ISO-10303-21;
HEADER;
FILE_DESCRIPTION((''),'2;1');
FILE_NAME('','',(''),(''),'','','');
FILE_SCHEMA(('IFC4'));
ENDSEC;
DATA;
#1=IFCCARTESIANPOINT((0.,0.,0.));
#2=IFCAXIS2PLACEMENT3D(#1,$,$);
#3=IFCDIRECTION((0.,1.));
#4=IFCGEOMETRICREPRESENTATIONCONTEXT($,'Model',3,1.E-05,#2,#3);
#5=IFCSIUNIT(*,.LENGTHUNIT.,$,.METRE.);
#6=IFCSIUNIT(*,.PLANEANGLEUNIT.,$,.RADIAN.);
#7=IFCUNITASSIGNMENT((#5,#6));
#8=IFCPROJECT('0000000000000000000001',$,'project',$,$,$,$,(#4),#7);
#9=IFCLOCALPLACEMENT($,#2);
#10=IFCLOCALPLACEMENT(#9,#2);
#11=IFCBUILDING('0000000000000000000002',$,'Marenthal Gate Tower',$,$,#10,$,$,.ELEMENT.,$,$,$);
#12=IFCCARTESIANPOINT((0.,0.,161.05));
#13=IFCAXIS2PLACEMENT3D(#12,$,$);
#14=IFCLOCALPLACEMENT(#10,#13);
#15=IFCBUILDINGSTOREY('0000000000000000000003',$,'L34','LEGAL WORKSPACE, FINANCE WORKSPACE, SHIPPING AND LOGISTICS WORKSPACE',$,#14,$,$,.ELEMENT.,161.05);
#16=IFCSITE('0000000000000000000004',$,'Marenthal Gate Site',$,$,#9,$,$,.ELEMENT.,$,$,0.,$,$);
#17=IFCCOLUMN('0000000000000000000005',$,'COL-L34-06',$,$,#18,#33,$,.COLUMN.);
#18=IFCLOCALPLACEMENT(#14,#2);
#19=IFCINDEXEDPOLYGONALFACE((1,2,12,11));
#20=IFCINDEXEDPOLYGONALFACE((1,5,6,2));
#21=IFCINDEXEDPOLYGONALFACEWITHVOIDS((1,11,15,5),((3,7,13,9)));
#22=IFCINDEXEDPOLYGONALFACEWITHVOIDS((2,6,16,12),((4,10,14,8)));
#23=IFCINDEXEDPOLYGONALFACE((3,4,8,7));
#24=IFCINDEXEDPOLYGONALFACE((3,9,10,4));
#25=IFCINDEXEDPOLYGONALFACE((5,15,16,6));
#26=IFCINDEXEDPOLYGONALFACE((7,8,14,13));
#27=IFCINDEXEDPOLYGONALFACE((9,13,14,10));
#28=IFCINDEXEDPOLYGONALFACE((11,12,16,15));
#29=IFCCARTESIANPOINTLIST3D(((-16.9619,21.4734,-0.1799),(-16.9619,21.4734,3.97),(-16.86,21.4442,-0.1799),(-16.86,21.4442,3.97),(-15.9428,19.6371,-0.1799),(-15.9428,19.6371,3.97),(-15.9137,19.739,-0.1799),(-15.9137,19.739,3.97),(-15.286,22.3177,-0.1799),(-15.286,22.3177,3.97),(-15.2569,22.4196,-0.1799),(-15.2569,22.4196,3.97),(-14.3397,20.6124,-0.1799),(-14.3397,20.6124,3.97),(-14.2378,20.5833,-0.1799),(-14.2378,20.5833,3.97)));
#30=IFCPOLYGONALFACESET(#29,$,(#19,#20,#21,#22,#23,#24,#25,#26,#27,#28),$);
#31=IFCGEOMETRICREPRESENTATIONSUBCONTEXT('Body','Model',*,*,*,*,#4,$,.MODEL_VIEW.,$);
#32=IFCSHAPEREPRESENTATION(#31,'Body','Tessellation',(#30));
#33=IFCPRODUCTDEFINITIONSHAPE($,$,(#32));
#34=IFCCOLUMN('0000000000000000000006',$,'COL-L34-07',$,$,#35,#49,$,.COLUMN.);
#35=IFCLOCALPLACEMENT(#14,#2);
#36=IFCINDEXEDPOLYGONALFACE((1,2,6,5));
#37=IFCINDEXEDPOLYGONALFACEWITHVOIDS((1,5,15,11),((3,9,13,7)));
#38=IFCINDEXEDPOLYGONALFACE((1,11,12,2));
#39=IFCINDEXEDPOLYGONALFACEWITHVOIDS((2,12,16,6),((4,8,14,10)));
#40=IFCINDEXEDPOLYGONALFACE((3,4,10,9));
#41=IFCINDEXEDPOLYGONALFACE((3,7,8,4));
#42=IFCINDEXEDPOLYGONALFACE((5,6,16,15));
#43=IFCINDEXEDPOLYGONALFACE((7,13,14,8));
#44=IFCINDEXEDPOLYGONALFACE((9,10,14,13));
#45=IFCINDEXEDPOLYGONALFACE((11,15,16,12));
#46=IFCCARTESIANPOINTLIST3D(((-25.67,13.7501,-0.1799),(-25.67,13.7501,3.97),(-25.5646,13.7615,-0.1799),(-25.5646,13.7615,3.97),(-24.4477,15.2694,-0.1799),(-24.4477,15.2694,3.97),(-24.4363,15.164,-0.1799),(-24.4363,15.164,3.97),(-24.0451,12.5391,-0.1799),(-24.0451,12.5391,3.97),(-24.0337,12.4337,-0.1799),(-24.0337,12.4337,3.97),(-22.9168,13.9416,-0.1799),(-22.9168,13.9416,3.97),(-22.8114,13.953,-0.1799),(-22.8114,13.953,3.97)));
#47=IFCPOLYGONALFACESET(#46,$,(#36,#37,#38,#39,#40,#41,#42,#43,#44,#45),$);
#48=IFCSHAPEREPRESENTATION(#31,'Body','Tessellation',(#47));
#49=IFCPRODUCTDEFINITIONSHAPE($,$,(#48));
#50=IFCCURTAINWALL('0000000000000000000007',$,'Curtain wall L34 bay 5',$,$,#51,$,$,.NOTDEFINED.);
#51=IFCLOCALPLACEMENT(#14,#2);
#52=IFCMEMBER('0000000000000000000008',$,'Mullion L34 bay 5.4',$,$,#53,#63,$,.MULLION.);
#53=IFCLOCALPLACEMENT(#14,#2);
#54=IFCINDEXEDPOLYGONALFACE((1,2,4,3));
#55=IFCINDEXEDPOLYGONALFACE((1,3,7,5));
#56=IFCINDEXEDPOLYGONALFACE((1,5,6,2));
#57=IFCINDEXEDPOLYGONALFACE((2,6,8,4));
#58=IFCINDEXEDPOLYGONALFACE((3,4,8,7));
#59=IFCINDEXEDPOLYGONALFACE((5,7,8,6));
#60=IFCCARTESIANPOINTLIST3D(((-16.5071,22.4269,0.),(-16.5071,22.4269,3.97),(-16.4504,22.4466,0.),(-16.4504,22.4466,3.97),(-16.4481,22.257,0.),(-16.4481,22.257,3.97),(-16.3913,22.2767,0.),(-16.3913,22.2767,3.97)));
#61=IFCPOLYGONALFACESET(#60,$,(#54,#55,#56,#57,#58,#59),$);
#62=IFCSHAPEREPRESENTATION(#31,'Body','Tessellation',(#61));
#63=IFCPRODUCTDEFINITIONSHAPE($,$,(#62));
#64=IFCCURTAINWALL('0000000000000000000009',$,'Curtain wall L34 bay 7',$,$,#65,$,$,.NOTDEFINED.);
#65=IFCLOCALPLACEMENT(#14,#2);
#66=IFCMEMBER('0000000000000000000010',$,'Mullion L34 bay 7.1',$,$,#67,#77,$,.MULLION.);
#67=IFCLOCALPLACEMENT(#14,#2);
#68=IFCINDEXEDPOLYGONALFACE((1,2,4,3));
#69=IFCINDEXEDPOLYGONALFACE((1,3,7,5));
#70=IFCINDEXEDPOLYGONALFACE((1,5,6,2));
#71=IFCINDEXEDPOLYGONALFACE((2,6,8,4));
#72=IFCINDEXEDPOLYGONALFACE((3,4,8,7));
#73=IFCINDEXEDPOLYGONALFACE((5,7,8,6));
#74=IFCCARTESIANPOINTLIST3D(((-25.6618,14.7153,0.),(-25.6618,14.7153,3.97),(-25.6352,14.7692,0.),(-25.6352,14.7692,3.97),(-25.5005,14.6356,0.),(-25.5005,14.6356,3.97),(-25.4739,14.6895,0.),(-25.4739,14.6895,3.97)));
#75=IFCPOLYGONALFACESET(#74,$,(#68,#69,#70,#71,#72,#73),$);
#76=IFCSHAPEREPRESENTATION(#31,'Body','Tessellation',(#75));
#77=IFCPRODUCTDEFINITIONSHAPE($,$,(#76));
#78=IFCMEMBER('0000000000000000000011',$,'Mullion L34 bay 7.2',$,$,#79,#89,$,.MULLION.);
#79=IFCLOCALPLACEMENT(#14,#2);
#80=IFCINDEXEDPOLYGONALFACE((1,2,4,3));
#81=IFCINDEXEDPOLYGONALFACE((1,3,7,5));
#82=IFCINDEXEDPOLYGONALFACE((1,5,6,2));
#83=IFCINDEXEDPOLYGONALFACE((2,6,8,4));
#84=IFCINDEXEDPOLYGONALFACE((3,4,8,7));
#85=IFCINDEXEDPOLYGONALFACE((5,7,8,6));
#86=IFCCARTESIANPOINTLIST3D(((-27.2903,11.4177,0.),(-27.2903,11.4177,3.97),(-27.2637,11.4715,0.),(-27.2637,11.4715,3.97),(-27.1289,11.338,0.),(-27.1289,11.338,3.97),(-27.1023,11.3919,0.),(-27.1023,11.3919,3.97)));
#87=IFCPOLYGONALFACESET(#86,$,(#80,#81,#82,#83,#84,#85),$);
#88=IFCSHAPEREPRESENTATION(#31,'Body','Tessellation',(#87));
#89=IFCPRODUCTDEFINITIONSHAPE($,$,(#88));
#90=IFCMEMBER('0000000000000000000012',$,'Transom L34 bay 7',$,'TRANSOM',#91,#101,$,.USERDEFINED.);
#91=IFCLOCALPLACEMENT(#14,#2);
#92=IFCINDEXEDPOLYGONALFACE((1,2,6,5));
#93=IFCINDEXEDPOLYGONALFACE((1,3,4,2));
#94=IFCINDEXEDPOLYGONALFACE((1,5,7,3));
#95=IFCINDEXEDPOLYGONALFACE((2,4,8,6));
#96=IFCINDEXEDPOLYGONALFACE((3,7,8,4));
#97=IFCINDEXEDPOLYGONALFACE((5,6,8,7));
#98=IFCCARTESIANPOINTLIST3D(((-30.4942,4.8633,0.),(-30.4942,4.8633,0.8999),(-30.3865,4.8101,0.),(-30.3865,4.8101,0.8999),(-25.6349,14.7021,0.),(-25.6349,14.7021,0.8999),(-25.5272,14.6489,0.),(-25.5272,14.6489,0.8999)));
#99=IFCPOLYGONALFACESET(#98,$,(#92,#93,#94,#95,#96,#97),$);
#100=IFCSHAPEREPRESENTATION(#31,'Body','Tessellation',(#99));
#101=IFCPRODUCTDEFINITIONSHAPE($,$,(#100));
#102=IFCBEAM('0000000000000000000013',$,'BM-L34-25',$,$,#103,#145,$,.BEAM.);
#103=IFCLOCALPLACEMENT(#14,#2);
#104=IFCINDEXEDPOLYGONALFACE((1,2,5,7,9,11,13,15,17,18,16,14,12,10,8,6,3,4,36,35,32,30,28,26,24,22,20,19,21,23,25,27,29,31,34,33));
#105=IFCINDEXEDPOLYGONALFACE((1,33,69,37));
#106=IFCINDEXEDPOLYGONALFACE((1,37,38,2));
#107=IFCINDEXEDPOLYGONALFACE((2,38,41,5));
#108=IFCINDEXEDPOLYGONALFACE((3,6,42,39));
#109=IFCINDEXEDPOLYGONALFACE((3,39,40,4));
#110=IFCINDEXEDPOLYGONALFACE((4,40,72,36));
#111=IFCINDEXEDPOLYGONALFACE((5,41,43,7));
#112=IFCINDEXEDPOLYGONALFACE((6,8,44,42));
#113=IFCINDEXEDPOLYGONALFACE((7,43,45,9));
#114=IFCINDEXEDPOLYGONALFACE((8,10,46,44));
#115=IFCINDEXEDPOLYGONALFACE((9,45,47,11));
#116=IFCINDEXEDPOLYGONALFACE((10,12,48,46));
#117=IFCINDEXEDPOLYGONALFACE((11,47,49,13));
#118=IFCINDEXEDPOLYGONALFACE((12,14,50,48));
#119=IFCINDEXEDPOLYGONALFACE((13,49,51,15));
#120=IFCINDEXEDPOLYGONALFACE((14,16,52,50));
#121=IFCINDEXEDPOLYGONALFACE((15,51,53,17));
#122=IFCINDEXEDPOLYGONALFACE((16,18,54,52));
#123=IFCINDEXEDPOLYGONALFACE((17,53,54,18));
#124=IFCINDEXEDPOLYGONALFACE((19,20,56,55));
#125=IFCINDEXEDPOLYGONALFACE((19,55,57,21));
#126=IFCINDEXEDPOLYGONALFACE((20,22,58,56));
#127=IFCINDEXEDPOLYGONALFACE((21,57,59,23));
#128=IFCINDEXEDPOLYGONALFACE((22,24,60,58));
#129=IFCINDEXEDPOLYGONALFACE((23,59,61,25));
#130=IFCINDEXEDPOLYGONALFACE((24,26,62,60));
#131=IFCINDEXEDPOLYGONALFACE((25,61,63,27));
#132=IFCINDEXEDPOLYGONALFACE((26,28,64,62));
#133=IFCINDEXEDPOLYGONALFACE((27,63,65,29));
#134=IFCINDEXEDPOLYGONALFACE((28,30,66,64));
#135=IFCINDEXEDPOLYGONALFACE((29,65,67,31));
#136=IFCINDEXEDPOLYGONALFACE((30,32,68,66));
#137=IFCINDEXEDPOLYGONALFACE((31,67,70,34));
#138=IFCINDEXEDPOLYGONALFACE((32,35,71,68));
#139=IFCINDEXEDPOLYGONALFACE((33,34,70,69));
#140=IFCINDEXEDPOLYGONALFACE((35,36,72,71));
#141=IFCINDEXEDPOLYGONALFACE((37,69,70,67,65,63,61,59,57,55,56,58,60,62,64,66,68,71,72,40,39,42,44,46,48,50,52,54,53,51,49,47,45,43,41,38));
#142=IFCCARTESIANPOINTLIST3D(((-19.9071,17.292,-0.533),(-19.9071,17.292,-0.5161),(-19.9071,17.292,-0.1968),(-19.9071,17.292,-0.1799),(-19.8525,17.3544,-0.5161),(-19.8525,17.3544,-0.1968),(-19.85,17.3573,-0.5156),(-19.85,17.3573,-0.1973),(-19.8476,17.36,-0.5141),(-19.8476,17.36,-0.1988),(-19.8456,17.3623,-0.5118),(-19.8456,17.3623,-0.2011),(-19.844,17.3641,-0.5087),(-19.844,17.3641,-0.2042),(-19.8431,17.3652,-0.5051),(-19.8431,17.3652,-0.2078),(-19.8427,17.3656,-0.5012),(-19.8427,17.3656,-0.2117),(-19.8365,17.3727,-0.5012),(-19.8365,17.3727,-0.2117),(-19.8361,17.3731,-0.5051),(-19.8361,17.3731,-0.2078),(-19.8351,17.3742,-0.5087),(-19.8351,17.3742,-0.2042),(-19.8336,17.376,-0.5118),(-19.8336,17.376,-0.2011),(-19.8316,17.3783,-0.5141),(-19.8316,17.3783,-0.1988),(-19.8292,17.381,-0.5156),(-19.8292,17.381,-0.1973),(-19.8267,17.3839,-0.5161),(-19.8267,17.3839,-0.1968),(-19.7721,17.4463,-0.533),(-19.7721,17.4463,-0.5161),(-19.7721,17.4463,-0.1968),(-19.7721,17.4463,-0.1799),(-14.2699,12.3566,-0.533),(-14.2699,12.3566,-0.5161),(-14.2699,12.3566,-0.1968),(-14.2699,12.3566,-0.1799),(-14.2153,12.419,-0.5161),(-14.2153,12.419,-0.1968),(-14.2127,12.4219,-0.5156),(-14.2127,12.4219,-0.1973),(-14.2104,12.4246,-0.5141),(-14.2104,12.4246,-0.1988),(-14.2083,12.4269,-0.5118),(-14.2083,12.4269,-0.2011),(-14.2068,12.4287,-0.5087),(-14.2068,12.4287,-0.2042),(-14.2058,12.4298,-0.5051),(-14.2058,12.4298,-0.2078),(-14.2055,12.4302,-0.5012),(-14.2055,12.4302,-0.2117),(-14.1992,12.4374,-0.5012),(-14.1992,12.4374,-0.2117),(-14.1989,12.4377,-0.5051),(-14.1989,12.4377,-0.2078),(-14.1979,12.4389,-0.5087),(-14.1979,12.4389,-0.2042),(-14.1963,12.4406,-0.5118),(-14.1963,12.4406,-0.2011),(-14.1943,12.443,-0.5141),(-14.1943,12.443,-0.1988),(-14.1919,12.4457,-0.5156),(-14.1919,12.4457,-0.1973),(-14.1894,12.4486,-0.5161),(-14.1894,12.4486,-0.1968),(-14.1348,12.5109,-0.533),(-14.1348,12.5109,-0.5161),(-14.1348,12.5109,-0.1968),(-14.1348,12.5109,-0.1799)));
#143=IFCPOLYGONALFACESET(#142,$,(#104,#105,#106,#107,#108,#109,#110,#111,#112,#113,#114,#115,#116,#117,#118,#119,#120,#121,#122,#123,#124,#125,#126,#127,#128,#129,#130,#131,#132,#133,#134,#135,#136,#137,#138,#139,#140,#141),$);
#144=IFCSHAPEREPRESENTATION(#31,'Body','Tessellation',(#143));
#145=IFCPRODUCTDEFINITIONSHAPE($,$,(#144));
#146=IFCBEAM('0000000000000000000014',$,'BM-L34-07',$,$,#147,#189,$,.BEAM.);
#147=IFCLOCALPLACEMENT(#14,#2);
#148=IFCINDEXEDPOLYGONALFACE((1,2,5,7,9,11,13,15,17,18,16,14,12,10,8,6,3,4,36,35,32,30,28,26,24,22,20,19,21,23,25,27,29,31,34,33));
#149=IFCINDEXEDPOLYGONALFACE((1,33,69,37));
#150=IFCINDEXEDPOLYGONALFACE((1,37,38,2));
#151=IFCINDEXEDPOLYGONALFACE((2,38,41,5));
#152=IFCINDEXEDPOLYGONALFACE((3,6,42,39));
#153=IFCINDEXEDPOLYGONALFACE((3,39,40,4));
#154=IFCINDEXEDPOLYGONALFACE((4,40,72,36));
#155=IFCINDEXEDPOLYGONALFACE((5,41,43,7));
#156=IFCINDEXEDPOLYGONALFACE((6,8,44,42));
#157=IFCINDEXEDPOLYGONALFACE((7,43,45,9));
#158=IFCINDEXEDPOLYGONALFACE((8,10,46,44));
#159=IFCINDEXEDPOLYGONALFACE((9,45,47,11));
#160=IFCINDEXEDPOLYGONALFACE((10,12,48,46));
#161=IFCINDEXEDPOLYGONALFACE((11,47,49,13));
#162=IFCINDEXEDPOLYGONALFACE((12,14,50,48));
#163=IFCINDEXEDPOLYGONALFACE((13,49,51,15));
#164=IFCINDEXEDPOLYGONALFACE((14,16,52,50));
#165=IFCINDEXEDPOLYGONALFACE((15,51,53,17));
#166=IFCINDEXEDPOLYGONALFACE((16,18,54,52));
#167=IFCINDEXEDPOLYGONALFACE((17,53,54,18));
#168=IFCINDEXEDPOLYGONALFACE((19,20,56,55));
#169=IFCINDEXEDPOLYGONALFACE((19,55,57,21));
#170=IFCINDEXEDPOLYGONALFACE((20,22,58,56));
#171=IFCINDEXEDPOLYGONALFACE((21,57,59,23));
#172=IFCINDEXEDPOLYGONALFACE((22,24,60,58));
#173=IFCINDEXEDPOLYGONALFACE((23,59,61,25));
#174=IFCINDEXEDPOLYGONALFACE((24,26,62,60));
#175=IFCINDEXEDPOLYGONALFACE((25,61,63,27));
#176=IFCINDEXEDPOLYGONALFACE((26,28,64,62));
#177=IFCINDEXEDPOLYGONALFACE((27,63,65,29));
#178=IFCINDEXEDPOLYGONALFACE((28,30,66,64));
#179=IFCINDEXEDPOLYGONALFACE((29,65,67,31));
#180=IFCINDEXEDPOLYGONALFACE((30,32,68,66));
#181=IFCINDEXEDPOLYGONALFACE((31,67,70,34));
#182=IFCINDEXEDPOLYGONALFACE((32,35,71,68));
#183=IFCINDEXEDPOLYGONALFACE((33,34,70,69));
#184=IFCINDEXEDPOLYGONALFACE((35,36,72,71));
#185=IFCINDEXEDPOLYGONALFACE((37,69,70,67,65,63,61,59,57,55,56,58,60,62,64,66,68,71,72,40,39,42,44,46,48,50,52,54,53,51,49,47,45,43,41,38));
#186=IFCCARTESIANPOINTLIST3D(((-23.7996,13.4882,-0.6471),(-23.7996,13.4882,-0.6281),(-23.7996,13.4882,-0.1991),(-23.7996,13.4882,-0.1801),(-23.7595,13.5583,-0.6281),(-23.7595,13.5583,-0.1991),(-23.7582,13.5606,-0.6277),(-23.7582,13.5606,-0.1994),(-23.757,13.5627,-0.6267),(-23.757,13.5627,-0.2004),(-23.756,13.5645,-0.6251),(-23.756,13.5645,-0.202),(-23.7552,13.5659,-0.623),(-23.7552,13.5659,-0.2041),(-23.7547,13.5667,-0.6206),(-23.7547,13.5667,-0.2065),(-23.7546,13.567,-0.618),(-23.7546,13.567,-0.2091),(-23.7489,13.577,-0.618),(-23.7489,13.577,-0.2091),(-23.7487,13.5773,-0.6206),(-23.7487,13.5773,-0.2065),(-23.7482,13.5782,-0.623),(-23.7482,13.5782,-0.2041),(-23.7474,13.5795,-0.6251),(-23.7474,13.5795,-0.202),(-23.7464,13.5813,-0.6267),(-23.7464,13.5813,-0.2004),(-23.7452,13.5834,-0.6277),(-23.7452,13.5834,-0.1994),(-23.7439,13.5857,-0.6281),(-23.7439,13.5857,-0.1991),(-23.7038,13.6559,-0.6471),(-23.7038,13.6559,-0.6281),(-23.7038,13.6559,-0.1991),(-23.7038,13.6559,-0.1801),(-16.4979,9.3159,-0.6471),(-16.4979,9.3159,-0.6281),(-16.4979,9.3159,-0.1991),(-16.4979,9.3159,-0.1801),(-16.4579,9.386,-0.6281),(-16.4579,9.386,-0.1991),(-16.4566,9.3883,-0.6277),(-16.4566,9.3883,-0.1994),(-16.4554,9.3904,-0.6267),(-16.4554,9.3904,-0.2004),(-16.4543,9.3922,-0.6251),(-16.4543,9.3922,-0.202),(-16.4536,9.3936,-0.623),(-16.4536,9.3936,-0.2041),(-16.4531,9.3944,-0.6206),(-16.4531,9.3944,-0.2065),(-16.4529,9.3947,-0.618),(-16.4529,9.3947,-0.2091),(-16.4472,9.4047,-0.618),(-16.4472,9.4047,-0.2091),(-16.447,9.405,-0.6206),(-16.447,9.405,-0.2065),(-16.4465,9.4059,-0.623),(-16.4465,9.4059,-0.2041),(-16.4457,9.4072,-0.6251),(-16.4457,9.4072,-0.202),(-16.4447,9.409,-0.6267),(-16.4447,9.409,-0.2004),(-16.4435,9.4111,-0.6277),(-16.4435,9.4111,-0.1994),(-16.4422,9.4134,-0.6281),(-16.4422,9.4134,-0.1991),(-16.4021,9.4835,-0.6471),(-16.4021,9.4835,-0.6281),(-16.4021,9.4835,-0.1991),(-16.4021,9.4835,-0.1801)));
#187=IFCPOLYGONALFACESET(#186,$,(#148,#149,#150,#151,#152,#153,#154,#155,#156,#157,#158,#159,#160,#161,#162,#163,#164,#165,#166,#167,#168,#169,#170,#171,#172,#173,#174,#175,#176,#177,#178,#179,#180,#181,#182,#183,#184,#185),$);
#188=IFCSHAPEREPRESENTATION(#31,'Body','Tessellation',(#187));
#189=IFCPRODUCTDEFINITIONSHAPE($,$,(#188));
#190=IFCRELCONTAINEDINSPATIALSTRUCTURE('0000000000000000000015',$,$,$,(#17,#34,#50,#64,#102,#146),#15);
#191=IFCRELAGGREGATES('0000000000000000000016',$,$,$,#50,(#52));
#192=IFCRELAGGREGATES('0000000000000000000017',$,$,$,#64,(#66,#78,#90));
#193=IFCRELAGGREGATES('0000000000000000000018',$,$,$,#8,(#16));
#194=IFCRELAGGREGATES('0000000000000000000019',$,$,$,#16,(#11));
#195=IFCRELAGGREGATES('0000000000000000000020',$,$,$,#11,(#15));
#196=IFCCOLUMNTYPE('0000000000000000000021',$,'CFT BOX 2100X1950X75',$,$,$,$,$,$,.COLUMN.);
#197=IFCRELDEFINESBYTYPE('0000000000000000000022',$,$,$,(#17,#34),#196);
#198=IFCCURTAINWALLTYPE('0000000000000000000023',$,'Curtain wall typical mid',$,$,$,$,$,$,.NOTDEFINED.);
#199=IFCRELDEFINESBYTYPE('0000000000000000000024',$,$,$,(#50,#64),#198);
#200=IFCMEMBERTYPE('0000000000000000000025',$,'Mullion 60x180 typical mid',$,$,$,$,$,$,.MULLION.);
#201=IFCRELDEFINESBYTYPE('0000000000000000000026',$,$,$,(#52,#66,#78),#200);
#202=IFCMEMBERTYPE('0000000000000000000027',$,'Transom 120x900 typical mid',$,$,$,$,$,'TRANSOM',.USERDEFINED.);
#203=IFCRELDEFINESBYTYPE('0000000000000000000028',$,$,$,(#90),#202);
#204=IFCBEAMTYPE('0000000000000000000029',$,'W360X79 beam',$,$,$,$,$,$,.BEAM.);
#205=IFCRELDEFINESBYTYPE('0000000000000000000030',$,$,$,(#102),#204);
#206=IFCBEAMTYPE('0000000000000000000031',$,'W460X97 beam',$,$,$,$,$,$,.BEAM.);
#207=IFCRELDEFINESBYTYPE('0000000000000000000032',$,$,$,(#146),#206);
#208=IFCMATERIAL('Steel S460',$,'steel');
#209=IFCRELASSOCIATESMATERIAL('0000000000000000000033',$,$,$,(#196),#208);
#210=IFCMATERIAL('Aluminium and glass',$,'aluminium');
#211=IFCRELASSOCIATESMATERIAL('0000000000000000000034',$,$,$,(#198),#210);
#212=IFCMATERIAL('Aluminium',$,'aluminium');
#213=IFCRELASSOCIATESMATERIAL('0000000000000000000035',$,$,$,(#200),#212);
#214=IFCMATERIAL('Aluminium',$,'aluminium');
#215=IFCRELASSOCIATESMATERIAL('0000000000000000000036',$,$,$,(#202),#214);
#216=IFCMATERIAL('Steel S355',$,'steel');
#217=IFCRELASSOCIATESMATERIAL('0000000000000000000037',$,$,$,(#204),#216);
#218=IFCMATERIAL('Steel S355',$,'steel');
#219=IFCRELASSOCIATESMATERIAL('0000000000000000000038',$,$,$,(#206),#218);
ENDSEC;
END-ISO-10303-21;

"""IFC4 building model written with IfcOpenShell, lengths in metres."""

from ifc_helpers import new_model, si_unit, direction, frame, origin, origin_2d, place, context, subcontext, project, spatial, rectangle, hollow_rectangle, i_section, extrude, material, material_profile, profile_set, type_object, element, aggregate, save


model = new_model("IFC4")

# Units and contexts
model_context = context("Model", 3, precision=1e-05, world=origin(), true_north=direction((0.0, 1.0)))
body_context = subcontext(model_context, "Body", "Model", "MODEL_VIEW")
ifc_project = project(units=[si_unit("LENGTHUNIT", "METRE"), si_unit("PLANEANGLEUNIT", "RADIAN")], contexts=[model_context])

# Site, building, storey
site_placement = place(None, origin())
site = spatial("IfcSite", under=ifc_project, at=site_placement, Name="Marenthal Gate Site", CompositionType="ELEMENT", RefElevation=0.0)
building_placement = place(site_placement, origin())
building = spatial("IfcBuilding", under=site, at=building_placement, Name="Marenthal Gate Tower", CompositionType="ELEMENT")
storey_placement = place(building_placement, frame((0.0, 0.0, 161.05)))
storey = spatial("IfcBuildingStorey", under=building, at=storey_placement, Name="L34", Description="LEGAL WORKSPACE, FINANCE WORKSPACE, SHIPPING AND LOGISTICS WORKSPACE", CompositionType="ELEMENT", Elevation=161.05)

# Columns
ifc_material_1 = material(Name="Steel S460", Category="steel")
ifc_material_profile_1 = material_profile(ifc_material_1, hollow_rectangle(XDim=1.95, YDim=2.1001, WallThickness=0.075, at=origin_2d()), Name="CFT BOX 2100X1950X75")
ifc_material_2 = material(Name="Concrete 70 MPa", Category="concrete")
ifc_material_profile_2 = material_profile(ifc_material_2, rectangle(XDim=1.8, YDim=1.95, at=origin_2d()), Name="CFT BOX 2100X1950X75 INFILL")
ifc_profile_set_1 = profile_set([ifc_material_profile_1, ifc_material_profile_2], Name="Steel S460 shell, Concrete 70 MPa infill")
column_type = type_object("IfcColumnType", Name="CFT BOX 2100X1950X75", PredefinedType="COLUMN", material=ifc_profile_set_1)
for number, where, z_axis, x_axis, name in (
    (1, (-15.5999, 21.0283, -0.1799), (0.0, 0.0, 1.0), (0.87438, 0.485242, 0.0), "COL-L34-06"),
    (2, (-24.2407, 13.8516, -0.1799), (0.0, 0.0, 1.0), (0.626831, 0.779155, 0.0), "COL-L34-07"),
):
    element("IfcColumn", number, at=place(storey_placement, frame(where, z_axis=z_axis, x_axis=x_axis)), inside=storey, type_object=column_type, Name=name, PredefinedType="COLUMN", context=body_context, shape_type="SweptSolid", body=[
        extrude(hollow_rectangle(XDim=1.95, YDim=2.1001, WallThickness=0.075, at=origin_2d()), origin(), (0.0, 0.0, 1.0), 4.1499),
    ])

# Curtain wall, member
ifc_material_3 = material(Name="Aluminium and glass", Category="aluminium")
curtain_wall_type = type_object("IfcCurtainWallType", Name="Curtain wall typical mid", PredefinedType="NOTDEFINED", material=ifc_material_3)
curtain_wall_1_placement = place(storey_placement, origin())
curtain_wall_1 = element("IfcCurtainWall", 3, at=curtain_wall_1_placement, inside=storey, type_object=curtain_wall_type, Name="Curtain wall L34 bay 5", PredefinedType="NOTDEFINED")
ifc_material_4 = material(Name="Aluminium", Category="aluminium")
ifc_material_profile_3 = material_profile(ifc_material_4, rectangle(XDim=0.1799, YDim=0.0601, at=origin_2d()), Name="60x180 aluminium mullion")
ifc_profile_set_2 = profile_set([ifc_material_profile_3], Name="Aluminium")
member_type_1 = type_object("IfcMemberType", Name="Mullion 60x180 typical mid", PredefinedType="MULLION", material=ifc_profile_set_2)
member_1_placement = place(storey_placement, frame((-16.4492, 22.3518, 0.0), z_axis=(0.0, 0.0, 1.0), x_axis=(0.328158, -0.944623, 0.0)))
member_1 = element("IfcMember", 4, at=member_1_placement, type_object=member_type_1, Name="Mullion L34 bay 5.4", PredefinedType="MULLION", context=body_context, shape_type="SweptSolid", body=[
    extrude(rectangle(XDim=0.1799, YDim=0.0601, at=origin_2d()), origin(), (0.0, 0.0, 1.0), 3.97),
])
aggregate(curtain_wall_1, [member_1])

# Curtain wall, members
curtain_wall_2_placement = place(storey_placement, origin())
curtain_wall_2 = element("IfcCurtainWall", 5, at=curtain_wall_2_placement, inside=storey, type_object=curtain_wall_type, Name="Curtain wall L34 bay 7", PredefinedType="NOTDEFINED")
member_2_placement = place(storey_placement, frame((-25.5679, 14.7024, 0.0), z_axis=(0.0, 0.0, 1.0), x_axis=(0.896609, -0.442824, 0.0)))
member_2 = element("IfcMember", 6, at=member_2_placement, type_object=member_type_1, Name="Mullion L34 bay 7.1", PredefinedType="MULLION", context=body_context, shape_type="SweptSolid", body=[
    extrude(rectangle(XDim=0.1799, YDim=0.0601, at=origin_2d()), origin(), (0.0, 0.0, 1.0), 3.97),
])
member_3_placement = place(storey_placement, frame((-27.1963, 11.4048, 0.0), z_axis=(0.0, 0.0, 1.0), x_axis=(0.896609, -0.442824, 0.0)))
member_3 = element("IfcMember", 7, at=member_3_placement, type_object=member_type_1, Name="Mullion L34 bay 7.2", PredefinedType="MULLION", context=body_context, shape_type="SweptSolid", body=[
    extrude(rectangle(XDim=0.1799, YDim=0.0601, at=origin_2d()), origin(), (0.0, 0.0, 1.0), 3.97),
])
ifc_material_5 = material(Name="Aluminium", Category="aluminium")
ifc_material_profile_4 = material_profile(ifc_material_5, rectangle(XDim=0.1201, YDim=0.8999, at=origin_2d()), Name="120x900 aluminium transom")
ifc_profile_set_3 = profile_set([ifc_material_profile_4], Name="Aluminium")
member_type_2 = type_object("IfcMemberType", Name="Transom 120x900 typical mid", ElementType="TRANSOM", PredefinedType="USERDEFINED", material=ifc_profile_set_3)
member_4_placement = place(storey_placement, frame((-25.5811, 14.6755, 0.45), z_axis=(-0.44283, -0.896606, 0.0), x_axis=(0.896606, -0.44283, 0.0)))
member_4 = element("IfcMember", 8, at=member_4_placement, type_object=member_type_2, Name="Transom L34 bay 7", ObjectType="TRANSOM", PredefinedType="USERDEFINED", context=body_context, shape_type="SweptSolid", body=[
    extrude(rectangle(XDim=0.1201, YDim=0.8999, at=origin_2d()), origin(), (0.0, 0.0, 1.0), 10.9734),
])

# Beams
ifc_material_6 = material(Name="Steel S355", Category="steel")
ifc_material_profile_5 = material_profile(ifc_material_6, i_section(OverallWidth=0.2051, OverallDepth=0.353, WebThickness=0.0095, FlangeThickness=0.0168, FilletRadius=0.0149, at=origin_2d()), Name="W360X79")
ifc_profile_set_4 = profile_set([ifc_material_profile_5], Name="Steel S355")
beam_type_1 = type_object("IfcBeamType", Name="W360X79 beam", PredefinedType="BEAM", material=ifc_profile_set_4)
beam_1_placement = place(storey_placement, frame((-19.8396, 17.3691, -0.3564), z_axis=(0.752395, -0.658712, 0.0), x_axis=(0.658712, 0.752395, 0.0)))
element("IfcBeam", 9, at=beam_1_placement, inside=storey, type_object=beam_type_1, Name="BM-L34-25", PredefinedType="BEAM", context=body_context, shape_type="SweptSolid", body=[
    extrude(i_section(OverallWidth=0.2051, OverallDepth=0.353, WebThickness=0.0095, FlangeThickness=0.0168, FilletRadius=0.0149, at=origin_2d()), origin(), (0.0, 0.0, 1.0), 7.4924),
])
ifc_material_7 = material(Name="Steel S355", Category="steel")
ifc_material_profile_6 = material_profile(ifc_material_7, i_section(OverallWidth=0.1931, OverallDepth=0.467, WebThickness=0.0115, FlangeThickness=0.019, FilletRadius=0.01, at=origin_2d()), Name="W460X97")
ifc_profile_set_5 = profile_set([ifc_material_profile_6], Name="Steel S355")
beam_type_2 = type_object("IfcBeamType", Name="W460X97 beam", PredefinedType="BEAM", material=ifc_profile_set_5)
beam_2_placement = place(storey_placement, frame((-23.7517, 13.572, -0.4136), z_axis=(0.868247, -0.496133, 0.0), x_axis=(0.496133, 0.868247, 0.0)))
element("IfcBeam", 10, at=beam_2_placement, inside=storey, type_object=beam_type_2, Name="BM-L34-07", PredefinedType="BEAM", context=body_context, shape_type="SweptSolid", body=[
    extrude(i_section(OverallWidth=0.1931, OverallDepth=0.467, WebThickness=0.0115, FlangeThickness=0.019, FilletRadius=0.01, at=origin_2d()), origin(), (0.0, 0.0, 1.0), 8.4097),
])

aggregate(curtain_wall_2, [member_2, member_3, member_4])

save(model, "model.ifc")
